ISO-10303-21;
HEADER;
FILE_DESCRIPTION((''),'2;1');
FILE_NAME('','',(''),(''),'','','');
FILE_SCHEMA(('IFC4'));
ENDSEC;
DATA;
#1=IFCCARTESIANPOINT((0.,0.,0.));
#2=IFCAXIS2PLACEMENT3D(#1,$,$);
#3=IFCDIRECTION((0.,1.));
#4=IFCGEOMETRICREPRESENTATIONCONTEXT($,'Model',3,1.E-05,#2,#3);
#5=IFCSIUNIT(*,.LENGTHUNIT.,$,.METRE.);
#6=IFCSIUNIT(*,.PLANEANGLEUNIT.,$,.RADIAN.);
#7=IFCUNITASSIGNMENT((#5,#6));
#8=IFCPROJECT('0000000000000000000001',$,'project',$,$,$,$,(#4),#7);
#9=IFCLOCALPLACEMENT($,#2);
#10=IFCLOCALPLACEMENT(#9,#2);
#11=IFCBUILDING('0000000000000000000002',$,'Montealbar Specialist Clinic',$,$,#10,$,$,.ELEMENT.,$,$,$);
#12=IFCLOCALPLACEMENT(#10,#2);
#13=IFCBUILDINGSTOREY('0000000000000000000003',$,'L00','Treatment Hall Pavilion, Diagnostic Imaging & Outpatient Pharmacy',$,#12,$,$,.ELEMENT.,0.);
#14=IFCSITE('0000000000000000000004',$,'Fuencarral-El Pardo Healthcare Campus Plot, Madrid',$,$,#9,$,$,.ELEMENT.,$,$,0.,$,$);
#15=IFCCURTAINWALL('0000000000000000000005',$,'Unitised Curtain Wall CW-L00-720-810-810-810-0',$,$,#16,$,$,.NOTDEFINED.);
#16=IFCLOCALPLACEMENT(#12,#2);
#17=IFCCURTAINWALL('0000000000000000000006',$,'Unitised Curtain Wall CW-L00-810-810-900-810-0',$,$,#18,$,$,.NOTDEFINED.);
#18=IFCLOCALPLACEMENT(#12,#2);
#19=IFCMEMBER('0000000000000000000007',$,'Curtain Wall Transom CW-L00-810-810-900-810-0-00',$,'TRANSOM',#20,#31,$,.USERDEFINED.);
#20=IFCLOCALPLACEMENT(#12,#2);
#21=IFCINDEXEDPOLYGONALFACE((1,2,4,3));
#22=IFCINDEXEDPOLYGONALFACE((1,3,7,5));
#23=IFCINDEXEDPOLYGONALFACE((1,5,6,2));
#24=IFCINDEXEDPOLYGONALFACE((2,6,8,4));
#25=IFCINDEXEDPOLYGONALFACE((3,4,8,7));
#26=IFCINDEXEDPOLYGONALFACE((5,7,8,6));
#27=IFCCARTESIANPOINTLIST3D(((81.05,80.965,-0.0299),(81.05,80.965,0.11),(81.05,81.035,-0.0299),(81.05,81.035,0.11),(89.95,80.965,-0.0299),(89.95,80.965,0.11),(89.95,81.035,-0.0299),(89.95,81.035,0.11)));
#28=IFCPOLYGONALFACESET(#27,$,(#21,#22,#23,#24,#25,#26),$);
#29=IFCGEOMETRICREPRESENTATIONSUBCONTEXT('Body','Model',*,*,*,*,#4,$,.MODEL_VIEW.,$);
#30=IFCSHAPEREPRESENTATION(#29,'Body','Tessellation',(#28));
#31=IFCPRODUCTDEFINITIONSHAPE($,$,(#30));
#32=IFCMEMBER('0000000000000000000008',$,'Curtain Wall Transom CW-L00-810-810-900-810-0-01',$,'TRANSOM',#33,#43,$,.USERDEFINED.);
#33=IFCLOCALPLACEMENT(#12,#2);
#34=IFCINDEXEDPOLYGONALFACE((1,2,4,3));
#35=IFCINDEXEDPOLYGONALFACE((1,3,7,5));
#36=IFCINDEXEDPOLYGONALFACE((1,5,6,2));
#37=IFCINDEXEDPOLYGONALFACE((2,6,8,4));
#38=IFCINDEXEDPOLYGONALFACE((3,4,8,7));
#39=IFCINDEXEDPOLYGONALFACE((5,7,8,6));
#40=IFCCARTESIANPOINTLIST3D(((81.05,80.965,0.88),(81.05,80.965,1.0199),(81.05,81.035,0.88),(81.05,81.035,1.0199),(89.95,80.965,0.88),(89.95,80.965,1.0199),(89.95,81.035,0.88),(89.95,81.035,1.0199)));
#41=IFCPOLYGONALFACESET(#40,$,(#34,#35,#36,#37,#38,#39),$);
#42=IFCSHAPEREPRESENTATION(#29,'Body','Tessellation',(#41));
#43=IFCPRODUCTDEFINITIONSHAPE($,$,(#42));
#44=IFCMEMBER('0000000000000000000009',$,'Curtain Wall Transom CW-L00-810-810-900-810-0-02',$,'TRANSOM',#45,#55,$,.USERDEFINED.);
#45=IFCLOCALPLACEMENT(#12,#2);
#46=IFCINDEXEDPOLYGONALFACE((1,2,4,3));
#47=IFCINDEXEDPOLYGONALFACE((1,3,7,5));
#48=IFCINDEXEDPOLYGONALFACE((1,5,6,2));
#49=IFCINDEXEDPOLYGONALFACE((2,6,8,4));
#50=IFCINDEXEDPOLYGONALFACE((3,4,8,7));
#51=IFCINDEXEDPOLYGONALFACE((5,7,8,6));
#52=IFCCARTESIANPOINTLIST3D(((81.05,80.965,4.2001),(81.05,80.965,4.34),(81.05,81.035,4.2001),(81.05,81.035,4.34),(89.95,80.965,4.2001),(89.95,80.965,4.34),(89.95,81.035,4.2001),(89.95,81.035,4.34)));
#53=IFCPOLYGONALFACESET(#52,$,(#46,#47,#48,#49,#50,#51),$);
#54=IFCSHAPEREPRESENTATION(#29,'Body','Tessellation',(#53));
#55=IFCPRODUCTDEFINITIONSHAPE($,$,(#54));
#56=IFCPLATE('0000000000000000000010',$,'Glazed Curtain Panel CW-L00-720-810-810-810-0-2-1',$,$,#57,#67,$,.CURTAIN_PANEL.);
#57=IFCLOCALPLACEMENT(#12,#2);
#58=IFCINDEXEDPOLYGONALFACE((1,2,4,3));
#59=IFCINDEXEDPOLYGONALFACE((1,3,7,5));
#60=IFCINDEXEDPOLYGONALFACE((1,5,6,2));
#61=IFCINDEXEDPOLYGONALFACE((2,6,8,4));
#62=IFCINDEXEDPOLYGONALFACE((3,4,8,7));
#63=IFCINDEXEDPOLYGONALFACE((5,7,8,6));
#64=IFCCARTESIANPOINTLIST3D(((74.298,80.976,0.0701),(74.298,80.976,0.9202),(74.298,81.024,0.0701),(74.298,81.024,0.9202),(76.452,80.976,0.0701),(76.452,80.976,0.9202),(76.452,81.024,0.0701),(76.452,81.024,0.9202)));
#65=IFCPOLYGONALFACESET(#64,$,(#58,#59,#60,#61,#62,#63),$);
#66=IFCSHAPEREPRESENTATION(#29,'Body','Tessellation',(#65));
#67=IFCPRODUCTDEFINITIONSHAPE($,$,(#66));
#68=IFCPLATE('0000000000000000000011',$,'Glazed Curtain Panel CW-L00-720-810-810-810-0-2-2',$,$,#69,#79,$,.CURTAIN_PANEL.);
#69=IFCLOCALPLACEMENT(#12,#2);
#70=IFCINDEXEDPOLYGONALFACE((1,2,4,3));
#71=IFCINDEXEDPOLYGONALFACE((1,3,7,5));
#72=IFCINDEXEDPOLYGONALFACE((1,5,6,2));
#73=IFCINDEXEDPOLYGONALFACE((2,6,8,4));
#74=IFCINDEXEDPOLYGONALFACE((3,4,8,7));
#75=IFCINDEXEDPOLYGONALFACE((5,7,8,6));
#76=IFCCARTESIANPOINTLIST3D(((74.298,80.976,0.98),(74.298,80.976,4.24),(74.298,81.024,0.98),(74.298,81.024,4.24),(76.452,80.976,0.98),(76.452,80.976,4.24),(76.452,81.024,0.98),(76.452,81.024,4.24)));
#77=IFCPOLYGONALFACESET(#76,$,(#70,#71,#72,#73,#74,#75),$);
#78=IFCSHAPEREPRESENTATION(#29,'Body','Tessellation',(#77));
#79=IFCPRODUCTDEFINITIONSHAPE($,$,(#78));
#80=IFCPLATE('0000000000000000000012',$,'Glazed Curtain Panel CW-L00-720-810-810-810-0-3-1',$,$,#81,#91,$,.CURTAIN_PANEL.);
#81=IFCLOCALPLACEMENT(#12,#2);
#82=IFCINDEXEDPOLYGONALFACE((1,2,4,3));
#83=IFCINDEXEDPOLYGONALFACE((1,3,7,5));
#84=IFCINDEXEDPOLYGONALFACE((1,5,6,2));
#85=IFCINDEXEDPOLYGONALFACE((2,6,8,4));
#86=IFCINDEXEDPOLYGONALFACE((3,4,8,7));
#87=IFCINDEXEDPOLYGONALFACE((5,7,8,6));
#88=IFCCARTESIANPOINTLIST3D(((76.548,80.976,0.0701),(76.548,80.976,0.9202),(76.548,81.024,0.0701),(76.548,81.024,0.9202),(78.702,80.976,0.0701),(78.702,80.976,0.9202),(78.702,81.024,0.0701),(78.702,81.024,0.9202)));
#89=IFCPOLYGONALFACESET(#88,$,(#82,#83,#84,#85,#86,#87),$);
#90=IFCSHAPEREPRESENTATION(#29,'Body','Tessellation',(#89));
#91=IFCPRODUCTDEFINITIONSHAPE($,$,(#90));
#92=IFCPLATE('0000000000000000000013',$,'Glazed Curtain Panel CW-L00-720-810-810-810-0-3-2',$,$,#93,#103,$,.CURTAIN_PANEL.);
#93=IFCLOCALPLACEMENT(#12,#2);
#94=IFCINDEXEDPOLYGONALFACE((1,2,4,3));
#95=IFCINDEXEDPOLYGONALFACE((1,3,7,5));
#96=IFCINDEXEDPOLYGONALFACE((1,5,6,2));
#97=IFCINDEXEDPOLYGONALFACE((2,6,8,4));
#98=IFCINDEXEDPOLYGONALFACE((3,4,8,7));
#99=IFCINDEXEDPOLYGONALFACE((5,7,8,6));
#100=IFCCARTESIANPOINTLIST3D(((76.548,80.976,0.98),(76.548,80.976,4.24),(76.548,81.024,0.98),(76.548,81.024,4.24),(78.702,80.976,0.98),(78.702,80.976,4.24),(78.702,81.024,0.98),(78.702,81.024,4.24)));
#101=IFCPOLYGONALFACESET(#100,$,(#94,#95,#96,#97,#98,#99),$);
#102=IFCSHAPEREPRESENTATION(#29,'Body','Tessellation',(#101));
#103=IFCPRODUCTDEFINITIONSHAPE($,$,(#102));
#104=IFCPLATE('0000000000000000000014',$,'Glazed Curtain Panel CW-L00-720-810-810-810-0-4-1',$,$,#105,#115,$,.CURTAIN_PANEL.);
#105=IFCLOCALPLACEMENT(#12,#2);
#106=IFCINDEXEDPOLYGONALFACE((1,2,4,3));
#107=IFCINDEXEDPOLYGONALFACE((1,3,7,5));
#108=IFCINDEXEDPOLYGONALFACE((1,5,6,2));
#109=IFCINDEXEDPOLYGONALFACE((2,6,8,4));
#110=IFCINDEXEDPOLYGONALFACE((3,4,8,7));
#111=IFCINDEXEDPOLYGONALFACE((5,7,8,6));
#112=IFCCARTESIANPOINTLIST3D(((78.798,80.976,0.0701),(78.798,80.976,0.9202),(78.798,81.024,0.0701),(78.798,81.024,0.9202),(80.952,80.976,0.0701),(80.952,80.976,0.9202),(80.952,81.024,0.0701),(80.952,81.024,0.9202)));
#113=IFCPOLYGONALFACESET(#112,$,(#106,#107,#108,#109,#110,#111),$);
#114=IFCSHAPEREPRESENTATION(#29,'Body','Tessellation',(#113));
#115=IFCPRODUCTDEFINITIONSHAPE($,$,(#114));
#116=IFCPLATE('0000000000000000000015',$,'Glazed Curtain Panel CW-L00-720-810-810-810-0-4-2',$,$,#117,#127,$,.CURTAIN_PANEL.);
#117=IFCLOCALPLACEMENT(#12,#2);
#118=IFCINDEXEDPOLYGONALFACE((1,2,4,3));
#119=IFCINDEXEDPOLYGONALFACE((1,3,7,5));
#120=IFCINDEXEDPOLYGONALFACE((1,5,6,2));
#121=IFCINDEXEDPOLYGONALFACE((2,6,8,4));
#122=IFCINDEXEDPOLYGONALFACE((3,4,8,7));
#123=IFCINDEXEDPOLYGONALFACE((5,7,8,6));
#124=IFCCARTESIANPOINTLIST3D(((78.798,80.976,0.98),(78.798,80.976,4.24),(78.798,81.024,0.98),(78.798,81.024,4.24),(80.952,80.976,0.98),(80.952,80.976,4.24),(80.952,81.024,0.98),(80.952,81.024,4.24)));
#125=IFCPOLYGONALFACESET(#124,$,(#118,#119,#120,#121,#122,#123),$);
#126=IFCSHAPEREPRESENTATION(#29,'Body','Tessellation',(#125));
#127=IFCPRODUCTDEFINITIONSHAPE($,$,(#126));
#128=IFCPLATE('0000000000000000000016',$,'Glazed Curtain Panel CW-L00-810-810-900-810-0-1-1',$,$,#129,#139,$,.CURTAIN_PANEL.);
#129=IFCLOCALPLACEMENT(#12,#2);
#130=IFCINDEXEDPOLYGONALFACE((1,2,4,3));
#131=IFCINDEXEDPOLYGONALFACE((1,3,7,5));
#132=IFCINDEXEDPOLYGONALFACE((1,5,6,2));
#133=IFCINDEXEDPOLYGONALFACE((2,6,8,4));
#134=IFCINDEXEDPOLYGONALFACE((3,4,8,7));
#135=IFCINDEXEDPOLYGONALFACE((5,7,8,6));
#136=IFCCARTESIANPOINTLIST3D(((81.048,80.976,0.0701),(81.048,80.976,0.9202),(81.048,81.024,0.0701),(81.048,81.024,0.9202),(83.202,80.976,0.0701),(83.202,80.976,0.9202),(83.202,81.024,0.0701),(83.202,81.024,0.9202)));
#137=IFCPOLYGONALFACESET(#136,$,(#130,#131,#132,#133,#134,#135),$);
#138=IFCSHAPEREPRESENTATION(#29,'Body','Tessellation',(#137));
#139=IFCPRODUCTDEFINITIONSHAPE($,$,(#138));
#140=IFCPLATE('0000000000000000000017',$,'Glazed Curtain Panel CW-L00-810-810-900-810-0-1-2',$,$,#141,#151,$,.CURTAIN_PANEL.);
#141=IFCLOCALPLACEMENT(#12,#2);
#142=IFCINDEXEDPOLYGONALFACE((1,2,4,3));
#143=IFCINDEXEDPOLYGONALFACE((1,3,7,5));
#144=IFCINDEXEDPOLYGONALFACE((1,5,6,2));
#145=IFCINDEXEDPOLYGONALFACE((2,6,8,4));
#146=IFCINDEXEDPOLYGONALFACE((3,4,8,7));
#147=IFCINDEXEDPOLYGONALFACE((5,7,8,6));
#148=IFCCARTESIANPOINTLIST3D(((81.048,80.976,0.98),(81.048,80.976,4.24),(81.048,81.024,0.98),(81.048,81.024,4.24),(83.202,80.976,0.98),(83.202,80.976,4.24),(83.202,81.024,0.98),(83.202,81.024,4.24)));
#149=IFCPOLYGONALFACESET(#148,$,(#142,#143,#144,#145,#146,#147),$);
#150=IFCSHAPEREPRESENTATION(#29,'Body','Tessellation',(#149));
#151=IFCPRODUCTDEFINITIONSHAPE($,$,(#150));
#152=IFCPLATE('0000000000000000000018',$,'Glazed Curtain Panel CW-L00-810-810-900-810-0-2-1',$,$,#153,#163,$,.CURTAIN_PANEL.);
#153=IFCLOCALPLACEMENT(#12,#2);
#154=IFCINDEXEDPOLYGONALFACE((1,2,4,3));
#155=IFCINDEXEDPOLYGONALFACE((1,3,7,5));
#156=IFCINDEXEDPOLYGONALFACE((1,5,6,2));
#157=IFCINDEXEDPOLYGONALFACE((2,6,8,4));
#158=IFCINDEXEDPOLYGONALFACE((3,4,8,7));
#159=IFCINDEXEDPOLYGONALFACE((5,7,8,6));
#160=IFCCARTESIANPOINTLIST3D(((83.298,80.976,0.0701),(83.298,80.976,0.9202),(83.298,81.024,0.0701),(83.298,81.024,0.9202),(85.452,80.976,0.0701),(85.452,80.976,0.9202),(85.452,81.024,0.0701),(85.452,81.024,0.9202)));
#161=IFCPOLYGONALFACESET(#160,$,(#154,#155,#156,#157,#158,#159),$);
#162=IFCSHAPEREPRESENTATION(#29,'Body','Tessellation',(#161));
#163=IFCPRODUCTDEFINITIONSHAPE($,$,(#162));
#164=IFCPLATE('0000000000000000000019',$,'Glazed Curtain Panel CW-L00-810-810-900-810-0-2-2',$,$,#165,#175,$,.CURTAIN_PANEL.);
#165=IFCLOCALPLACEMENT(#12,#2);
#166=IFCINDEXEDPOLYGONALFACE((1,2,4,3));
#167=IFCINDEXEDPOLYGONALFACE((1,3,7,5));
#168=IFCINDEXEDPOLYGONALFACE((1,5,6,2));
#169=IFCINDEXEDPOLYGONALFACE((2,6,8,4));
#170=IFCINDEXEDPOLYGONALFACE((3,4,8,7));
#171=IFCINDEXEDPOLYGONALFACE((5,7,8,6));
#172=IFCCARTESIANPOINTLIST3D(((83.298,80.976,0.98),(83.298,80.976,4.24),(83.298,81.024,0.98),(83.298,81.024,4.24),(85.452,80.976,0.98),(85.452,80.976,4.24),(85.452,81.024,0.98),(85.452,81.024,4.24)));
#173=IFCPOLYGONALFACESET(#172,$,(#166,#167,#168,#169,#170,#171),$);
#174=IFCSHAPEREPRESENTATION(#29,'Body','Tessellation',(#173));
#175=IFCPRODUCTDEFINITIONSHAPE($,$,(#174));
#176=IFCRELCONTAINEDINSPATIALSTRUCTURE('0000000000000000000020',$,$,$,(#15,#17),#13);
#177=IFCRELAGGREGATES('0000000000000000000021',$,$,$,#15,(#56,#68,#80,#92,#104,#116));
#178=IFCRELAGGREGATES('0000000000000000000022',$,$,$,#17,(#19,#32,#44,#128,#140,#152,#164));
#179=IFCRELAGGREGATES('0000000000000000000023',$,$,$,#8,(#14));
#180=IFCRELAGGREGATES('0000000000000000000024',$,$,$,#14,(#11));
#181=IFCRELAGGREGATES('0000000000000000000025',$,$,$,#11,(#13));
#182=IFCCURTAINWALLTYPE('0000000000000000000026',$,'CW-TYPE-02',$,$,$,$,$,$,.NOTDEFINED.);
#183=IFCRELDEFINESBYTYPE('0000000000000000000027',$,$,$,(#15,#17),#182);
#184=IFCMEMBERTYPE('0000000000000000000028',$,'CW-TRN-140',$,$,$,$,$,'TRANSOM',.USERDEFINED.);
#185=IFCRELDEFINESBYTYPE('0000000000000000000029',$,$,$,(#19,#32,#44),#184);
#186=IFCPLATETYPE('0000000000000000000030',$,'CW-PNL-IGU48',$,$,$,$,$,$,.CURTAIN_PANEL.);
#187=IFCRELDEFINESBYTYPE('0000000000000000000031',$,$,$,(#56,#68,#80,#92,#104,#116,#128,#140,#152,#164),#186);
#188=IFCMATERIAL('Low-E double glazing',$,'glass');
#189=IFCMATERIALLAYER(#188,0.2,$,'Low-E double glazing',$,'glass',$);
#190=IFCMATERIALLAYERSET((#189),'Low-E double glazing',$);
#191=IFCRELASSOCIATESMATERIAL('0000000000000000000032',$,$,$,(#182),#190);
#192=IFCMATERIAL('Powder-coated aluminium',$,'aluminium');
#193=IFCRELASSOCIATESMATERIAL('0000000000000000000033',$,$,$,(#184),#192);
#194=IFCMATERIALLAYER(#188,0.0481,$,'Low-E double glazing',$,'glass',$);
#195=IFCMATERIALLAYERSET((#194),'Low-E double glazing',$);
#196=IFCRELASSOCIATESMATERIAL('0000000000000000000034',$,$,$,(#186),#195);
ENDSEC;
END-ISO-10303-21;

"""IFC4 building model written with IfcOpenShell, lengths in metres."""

from ifc_helpers import new_model, si_unit, direction, frame, origin, origin_2d, place, context, subcontext, project, spatial, rectangle, extrude, material, layer, layer_set, material_profile, profile_set, type_object, element, aggregate, save


model = new_model("IFC4")

# Units and contexts
model_context = context("Model", 3, precision=1e-05, world=origin(), true_north=direction((0.0, 1.0)))
body_context = subcontext(model_context, "Body", "Model", "MODEL_VIEW")
ifc_project = project(units=[si_unit("LENGTHUNIT", "METRE"), si_unit("PLANEANGLEUNIT", "RADIAN")], contexts=[model_context])

# Site, building, storey
site_placement = place(None, origin())
site = spatial("IfcSite", under=ifc_project, at=site_placement, Name="Fuencarral-El Pardo Healthcare Campus Plot, Madrid", CompositionType="ELEMENT", RefElevation=0.0)
building_placement = place(site_placement, origin())
building = spatial("IfcBuilding", under=site, at=building_placement, Name="Montealbar Specialist Clinic", CompositionType="ELEMENT")
storey_placement = place(building_placement, origin())
storey = spatial("IfcBuildingStorey", under=building, at=storey_placement, Name="L00", Description="Treatment Hall Pavilion, Diagnostic Imaging & Outpatient Pharmacy", CompositionType="ELEMENT", Elevation=0.0)

# Curtain walls, members
ifc_material_1 = material(Name="Low-E double glazing", Category="glass")
ifc_layer_1 = layer(ifc_material_1, 0.2, Name="Low-E double glazing", Category="glass")
ifc_layer_set_1 = layer_set([ifc_layer_1], Name="Low-E double glazing")
curtain_wall_type = type_object("IfcCurtainWallType", Name="CW-TYPE-02", PredefinedType="NOTDEFINED", material=ifc_layer_set_1)
curtain_wall_1_placement = place(storey_placement, origin())
curtain_wall_1 = element("IfcCurtainWall", 1, at=curtain_wall_1_placement, inside=storey, type_object=curtain_wall_type, Name="Unitised Curtain Wall CW-L00-720-810-810-810-0", PredefinedType="NOTDEFINED")
curtain_wall_2_placement = place(storey_placement, origin())
curtain_wall_2 = element("IfcCurtainWall", 2, at=curtain_wall_2_placement, inside=storey, type_object=curtain_wall_type, Name="Unitised Curtain Wall CW-L00-810-810-900-810-0", PredefinedType="NOTDEFINED")
ifc_material_2 = material(Name="Powder-coated aluminium", Category="aluminium")
ifc_material_profile_1 = material_profile(ifc_material_2, rectangle(XDim=0.0701, YDim=0.1399, at=origin_2d()), Name="ALU 70x140", Category="aluminium")
ifc_profile_set_1 = profile_set([ifc_material_profile_1], Name="Powder-coated aluminium")
member_type_1 = type_object("IfcMemberType", Name="CW-TRN-140", ElementType="TRANSOM", PredefinedType="USERDEFINED", material=ifc_profile_set_1)
member_1_placement = place(storey_placement, frame((81.05, 81.0, 0.04), z_axis=(1.0, 0.0, 0.0), x_axis=(0.0, 1.0, 0.0)))
member_1 = element("IfcMember", 3, at=member_1_placement, type_object=member_type_1, Name="Curtain Wall Transom CW-L00-810-810-900-810-0-00", ObjectType="TRANSOM", PredefinedType="USERDEFINED", context=body_context, shape_type="SweptSolid", body=[
    extrude(rectangle(XDim=0.0701, YDim=0.1399, at=origin_2d()), origin(), (0.0, 0.0, 1.0), 8.8999),
])
member_2_placement = place(storey_placement, frame((81.05, 81.0, 0.95), z_axis=(1.0, 0.0, 0.0), x_axis=(0.0, 1.0, 0.0)))
member_2 = element("IfcMember", 4, at=member_2_placement, type_object=member_type_1, Name="Curtain Wall Transom CW-L00-810-810-900-810-0-01", ObjectType="TRANSOM", PredefinedType="USERDEFINED", context=body_context, shape_type="SweptSolid", body=[
    extrude(rectangle(XDim=0.0701, YDim=0.1399, at=origin_2d()), origin(), (0.0, 0.0, 1.0), 8.8999),
])
member_3_placement = place(storey_placement, frame((81.05, 81.0, 4.27), z_axis=(1.0, 0.0, 0.0), x_axis=(0.0, 1.0, 0.0)))
member_3 = element("IfcMember", 5, at=member_3_placement, type_object=member_type_1, Name="Curtain Wall Transom CW-L00-810-810-900-810-0-02", ObjectType="TRANSOM", PredefinedType="USERDEFINED", context=body_context, shape_type="SweptSolid", body=[
    extrude(rectangle(XDim=0.0701, YDim=0.1399, at=origin_2d()), origin(), (0.0, 0.0, 1.0), 8.8999),
])

# Plates
ifc_layer_2 = layer(ifc_material_1, 0.0481, Name="Low-E double glazing", Category="glass")
ifc_layer_set_2 = layer_set([ifc_layer_2], Name="Low-E double glazing")
plate_type = type_object("IfcPlateType", Name="CW-PNL-IGU48", PredefinedType="CURTAIN_PANEL", material=ifc_layer_set_2)
plate_1_placement = place(storey_placement, frame((75.375, 81.0, 0.0701), z_axis=(0.0, 0.0, 1.0), x_axis=(1.0, 0.0, 0.0)))
plate_1 = element("IfcPlate", 6, at=plate_1_placement, type_object=plate_type, Name="Glazed Curtain Panel CW-L00-720-810-810-810-0-2-1", PredefinedType="CURTAIN_PANEL", context=body_context, shape_type="SweptSolid", body=[
    extrude(rectangle(XDim=2.1541, YDim=0.0481, at=origin_2d()), origin(), (0.0, 0.0, 1.0), 0.8501),
])
plate_2_placement = place(storey_placement, frame((75.375, 81.0, 0.98), z_axis=(0.0, 0.0, 1.0), x_axis=(1.0, 0.0, 0.0)))
plate_2 = element("IfcPlate", 7, at=plate_2_placement, type_object=plate_type, Name="Glazed Curtain Panel CW-L00-720-810-810-810-0-2-2", PredefinedType="CURTAIN_PANEL", context=body_context, shape_type="SweptSolid", body=[
    extrude(rectangle(XDim=2.1541, YDim=0.0481, at=origin_2d()), origin(), (0.0, 0.0, 1.0), 3.26),
])
plate_3_placement = place(storey_placement, frame((77.625, 81.0, 0.0701), z_axis=(0.0, 0.0, 1.0), x_axis=(1.0, 0.0, 0.0)))
plate_3 = element("IfcPlate", 8, at=plate_3_placement, type_object=plate_type, Name="Glazed Curtain Panel CW-L00-720-810-810-810-0-3-1", PredefinedType="CURTAIN_PANEL", context=body_context, shape_type="SweptSolid", body=[
    extrude(rectangle(XDim=2.1541, YDim=0.0481, at=origin_2d()), origin(), (0.0, 0.0, 1.0), 0.8501),
])
plate_4_placement = place(storey_placement, frame((77.625, 81.0, 0.98), z_axis=(0.0, 0.0, 1.0), x_axis=(1.0, 0.0, 0.0)))
plate_4 = element("IfcPlate", 9, at=plate_4_placement, type_object=plate_type, Name="Glazed Curtain Panel CW-L00-720-810-810-810-0-3-2", PredefinedType="CURTAIN_PANEL", context=body_context, shape_type="SweptSolid", body=[
    extrude(rectangle(XDim=2.1541, YDim=0.0481, at=origin_2d()), origin(), (0.0, 0.0, 1.0), 3.26),
])
plate_5_placement = place(storey_placement, frame((79.875, 81.0, 0.0701), z_axis=(0.0, 0.0, 1.0), x_axis=(1.0, 0.0, 0.0)))
plate_5 = element("IfcPlate", 10, at=plate_5_placement, type_object=plate_type, Name="Glazed Curtain Panel CW-L00-720-810-810-810-0-4-1", PredefinedType="CURTAIN_PANEL", context=body_context, shape_type="SweptSolid", body=[
    extrude(rectangle(XDim=2.1541, YDim=0.0481, at=origin_2d()), origin(), (0.0, 0.0, 1.0), 0.8501),
])
plate_6_placement = place(storey_placement, frame((79.875, 81.0, 0.98), z_axis=(0.0, 0.0, 1.0), x_axis=(1.0, 0.0, 0.0)))
plate_6 = element("IfcPlate", 11, at=plate_6_placement, type_object=plate_type, Name="Glazed Curtain Panel CW-L00-720-810-810-810-0-4-2", PredefinedType="CURTAIN_PANEL", context=body_context, shape_type="SweptSolid", body=[
    extrude(rectangle(XDim=2.1541, YDim=0.0481, at=origin_2d()), origin(), (0.0, 0.0, 1.0), 3.26),
])
aggregate(curtain_wall_1, [plate_1, plate_2, plate_3, plate_4, plate_5, plate_6])
plate_7_placement = place(storey_placement, frame((82.125, 81.0, 0.0701), z_axis=(0.0, 0.0, 1.0), x_axis=(1.0, 0.0, 0.0)))
plate_7 = element("IfcPlate", 12, at=plate_7_placement, type_object=plate_type, Name="Glazed Curtain Panel CW-L00-810-810-900-810-0-1-1", PredefinedType="CURTAIN_PANEL", context=body_context, shape_type="SweptSolid", body=[
    extrude(rectangle(XDim=2.1541, YDim=0.0481, at=origin_2d()), origin(), (0.0, 0.0, 1.0), 0.8501),
])
plate_8_placement = place(storey_placement, frame((82.125, 81.0, 0.98), z_axis=(0.0, 0.0, 1.0), x_axis=(1.0, 0.0, 0.0)))
plate_8 = element("IfcPlate", 13, at=plate_8_placement, type_object=plate_type, Name="Glazed Curtain Panel CW-L00-810-810-900-810-0-1-2", PredefinedType="CURTAIN_PANEL", context=body_context, shape_type="SweptSolid", body=[
    extrude(rectangle(XDim=2.1541, YDim=0.0481, at=origin_2d()), origin(), (0.0, 0.0, 1.0), 3.26),
])
plate_9_placement = place(storey_placement, frame((84.375, 81.0, 0.0701), z_axis=(0.0, 0.0, 1.0), x_axis=(1.0, 0.0, 0.0)))
plate_9 = element("IfcPlate", 14, at=plate_9_placement, type_object=plate_type, Name="Glazed Curtain Panel CW-L00-810-810-900-810-0-2-1", PredefinedType="CURTAIN_PANEL", context=body_context, shape_type="SweptSolid", body=[
    extrude(rectangle(XDim=2.1541, YDim=0.0481, at=origin_2d()), origin(), (0.0, 0.0, 1.0), 0.8501),
])
plate_10_placement = place(storey_placement, frame((84.375, 81.0, 0.98), z_axis=(0.0, 0.0, 1.0), x_axis=(1.0, 0.0, 0.0)))
plate_10 = element("IfcPlate", 15, at=plate_10_placement, type_object=plate_type, Name="Glazed Curtain Panel CW-L00-810-810-900-810-0-2-2", PredefinedType="CURTAIN_PANEL", context=body_context, shape_type="SweptSolid", body=[
    extrude(rectangle(XDim=2.1541, YDim=0.0481, at=origin_2d()), origin(), (0.0, 0.0, 1.0), 3.26),
])
aggregate(curtain_wall_2, [member_1, member_2, member_3, plate_7, plate_8, plate_9, plate_10])

save(model, "model.ifc")
